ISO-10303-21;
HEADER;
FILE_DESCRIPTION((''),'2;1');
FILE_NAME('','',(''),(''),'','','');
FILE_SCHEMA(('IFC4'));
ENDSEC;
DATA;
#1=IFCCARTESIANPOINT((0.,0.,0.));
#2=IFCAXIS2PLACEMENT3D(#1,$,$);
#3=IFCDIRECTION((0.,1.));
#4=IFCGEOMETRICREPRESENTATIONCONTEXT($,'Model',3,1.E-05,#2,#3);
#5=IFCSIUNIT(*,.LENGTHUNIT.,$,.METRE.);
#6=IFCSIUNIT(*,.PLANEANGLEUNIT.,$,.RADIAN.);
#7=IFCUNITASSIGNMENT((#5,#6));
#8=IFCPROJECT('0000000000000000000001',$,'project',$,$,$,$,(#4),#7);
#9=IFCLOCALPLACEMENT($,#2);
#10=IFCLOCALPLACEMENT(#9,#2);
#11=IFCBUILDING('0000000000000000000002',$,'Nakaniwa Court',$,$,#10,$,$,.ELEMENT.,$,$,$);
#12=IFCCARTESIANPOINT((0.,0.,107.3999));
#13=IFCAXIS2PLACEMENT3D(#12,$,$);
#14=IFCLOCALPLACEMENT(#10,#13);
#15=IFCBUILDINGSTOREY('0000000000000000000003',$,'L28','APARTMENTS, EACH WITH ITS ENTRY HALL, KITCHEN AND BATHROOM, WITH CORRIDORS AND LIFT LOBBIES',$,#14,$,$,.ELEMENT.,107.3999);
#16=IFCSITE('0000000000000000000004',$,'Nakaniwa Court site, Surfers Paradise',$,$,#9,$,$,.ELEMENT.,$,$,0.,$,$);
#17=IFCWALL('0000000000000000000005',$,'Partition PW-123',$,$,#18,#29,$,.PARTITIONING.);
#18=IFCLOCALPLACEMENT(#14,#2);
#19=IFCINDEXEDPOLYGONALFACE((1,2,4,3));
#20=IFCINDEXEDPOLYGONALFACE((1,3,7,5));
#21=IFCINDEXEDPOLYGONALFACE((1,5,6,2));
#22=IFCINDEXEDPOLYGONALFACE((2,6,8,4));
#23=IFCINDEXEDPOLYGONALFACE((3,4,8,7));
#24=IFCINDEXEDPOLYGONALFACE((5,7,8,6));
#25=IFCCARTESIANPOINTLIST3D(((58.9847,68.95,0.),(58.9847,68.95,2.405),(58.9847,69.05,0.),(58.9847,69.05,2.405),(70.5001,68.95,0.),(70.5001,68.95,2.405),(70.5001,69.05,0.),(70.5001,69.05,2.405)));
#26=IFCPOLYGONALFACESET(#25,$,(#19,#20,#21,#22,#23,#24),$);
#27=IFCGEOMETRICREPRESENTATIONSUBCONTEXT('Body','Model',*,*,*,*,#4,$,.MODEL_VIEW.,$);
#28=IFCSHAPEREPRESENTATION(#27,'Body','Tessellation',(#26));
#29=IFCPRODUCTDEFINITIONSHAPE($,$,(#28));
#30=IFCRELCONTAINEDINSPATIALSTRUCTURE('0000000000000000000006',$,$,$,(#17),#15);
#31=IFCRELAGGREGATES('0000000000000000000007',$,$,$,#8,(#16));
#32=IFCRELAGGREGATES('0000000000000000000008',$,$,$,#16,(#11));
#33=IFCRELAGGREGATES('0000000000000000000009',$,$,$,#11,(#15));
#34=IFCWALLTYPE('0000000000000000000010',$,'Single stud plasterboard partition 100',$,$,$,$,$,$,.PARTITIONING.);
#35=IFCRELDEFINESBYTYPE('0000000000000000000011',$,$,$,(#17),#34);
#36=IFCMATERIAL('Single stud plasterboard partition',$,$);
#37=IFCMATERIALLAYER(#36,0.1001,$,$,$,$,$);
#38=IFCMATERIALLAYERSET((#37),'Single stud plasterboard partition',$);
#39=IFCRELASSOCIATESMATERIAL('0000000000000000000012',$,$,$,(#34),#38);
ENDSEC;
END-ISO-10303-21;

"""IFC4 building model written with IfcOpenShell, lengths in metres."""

from ifc_helpers import new_model, si_unit, direction, frame, frame_2d, origin, place, context, subcontext, project, spatial, rectangle, extrude, material, layer, layer_set, type_object, element, save


model = new_model("IFC4")

# Units and contexts
model_context = context("Model", 3, precision=1e-05, world=origin(), true_north=direction((0.0, 1.0)))
body_context = subcontext(model_context, "Body", "Model", "MODEL_VIEW")
ifc_project = project(units=[si_unit("LENGTHUNIT", "METRE"), si_unit("PLANEANGLEUNIT", "RADIAN")], contexts=[model_context])

# Site, building, storey
site_placement = place(None, origin())
site = spatial("IfcSite", under=ifc_project, at=site_placement, Name="Nakaniwa Court site, Surfers Paradise", CompositionType="ELEMENT", RefElevation=0.0)
building_placement = place(site_placement, origin())
building = spatial("IfcBuilding", under=site, at=building_placement, Name="Nakaniwa Court", CompositionType="ELEMENT")
storey_placement = place(building_placement, frame((0.0, 0.0, 107.3999)))
storey = spatial("IfcBuildingStorey", under=building, at=storey_placement, Name="L28", Description="APARTMENTS, EACH WITH ITS ENTRY HALL, KITCHEN AND BATHROOM, WITH CORRIDORS AND LIFT LOBBIES", CompositionType="ELEMENT", Elevation=107.3999)

# Shared definitions
ifc_material_1 = material(Name="Single stud plasterboard partition")
ifc_layer_1 = layer(ifc_material_1, 0.1001)
ifc_layer_set_1 = layer_set([ifc_layer_1], Name="Single stud plasterboard partition")
wall_type_1 = type_object("IfcWallType", Name="Single stud plasterboard partition 100", PredefinedType="PARTITIONING", material=ifc_layer_set_1)

# Wall
wall_1_placement = place(storey_placement, frame((58.9846, 69.0, 0.0), z_axis=(0.0, 0.0, 1.0), x_axis=(1.0, 0.0, 0.0)))
element("IfcWall", 1, at=wall_1_placement, inside=storey, type_object=wall_type_1, Name="Partition PW-123", PredefinedType="PARTITIONING", context=body_context, shape_type="SweptSolid", body=[
    extrude(rectangle(XDim=11.5154, YDim=0.1001, at=frame_2d((5.7578, 0.0))), origin(), (0.0, 0.0, 1.0), 2.405),
])

save(model, "model.ifc")
